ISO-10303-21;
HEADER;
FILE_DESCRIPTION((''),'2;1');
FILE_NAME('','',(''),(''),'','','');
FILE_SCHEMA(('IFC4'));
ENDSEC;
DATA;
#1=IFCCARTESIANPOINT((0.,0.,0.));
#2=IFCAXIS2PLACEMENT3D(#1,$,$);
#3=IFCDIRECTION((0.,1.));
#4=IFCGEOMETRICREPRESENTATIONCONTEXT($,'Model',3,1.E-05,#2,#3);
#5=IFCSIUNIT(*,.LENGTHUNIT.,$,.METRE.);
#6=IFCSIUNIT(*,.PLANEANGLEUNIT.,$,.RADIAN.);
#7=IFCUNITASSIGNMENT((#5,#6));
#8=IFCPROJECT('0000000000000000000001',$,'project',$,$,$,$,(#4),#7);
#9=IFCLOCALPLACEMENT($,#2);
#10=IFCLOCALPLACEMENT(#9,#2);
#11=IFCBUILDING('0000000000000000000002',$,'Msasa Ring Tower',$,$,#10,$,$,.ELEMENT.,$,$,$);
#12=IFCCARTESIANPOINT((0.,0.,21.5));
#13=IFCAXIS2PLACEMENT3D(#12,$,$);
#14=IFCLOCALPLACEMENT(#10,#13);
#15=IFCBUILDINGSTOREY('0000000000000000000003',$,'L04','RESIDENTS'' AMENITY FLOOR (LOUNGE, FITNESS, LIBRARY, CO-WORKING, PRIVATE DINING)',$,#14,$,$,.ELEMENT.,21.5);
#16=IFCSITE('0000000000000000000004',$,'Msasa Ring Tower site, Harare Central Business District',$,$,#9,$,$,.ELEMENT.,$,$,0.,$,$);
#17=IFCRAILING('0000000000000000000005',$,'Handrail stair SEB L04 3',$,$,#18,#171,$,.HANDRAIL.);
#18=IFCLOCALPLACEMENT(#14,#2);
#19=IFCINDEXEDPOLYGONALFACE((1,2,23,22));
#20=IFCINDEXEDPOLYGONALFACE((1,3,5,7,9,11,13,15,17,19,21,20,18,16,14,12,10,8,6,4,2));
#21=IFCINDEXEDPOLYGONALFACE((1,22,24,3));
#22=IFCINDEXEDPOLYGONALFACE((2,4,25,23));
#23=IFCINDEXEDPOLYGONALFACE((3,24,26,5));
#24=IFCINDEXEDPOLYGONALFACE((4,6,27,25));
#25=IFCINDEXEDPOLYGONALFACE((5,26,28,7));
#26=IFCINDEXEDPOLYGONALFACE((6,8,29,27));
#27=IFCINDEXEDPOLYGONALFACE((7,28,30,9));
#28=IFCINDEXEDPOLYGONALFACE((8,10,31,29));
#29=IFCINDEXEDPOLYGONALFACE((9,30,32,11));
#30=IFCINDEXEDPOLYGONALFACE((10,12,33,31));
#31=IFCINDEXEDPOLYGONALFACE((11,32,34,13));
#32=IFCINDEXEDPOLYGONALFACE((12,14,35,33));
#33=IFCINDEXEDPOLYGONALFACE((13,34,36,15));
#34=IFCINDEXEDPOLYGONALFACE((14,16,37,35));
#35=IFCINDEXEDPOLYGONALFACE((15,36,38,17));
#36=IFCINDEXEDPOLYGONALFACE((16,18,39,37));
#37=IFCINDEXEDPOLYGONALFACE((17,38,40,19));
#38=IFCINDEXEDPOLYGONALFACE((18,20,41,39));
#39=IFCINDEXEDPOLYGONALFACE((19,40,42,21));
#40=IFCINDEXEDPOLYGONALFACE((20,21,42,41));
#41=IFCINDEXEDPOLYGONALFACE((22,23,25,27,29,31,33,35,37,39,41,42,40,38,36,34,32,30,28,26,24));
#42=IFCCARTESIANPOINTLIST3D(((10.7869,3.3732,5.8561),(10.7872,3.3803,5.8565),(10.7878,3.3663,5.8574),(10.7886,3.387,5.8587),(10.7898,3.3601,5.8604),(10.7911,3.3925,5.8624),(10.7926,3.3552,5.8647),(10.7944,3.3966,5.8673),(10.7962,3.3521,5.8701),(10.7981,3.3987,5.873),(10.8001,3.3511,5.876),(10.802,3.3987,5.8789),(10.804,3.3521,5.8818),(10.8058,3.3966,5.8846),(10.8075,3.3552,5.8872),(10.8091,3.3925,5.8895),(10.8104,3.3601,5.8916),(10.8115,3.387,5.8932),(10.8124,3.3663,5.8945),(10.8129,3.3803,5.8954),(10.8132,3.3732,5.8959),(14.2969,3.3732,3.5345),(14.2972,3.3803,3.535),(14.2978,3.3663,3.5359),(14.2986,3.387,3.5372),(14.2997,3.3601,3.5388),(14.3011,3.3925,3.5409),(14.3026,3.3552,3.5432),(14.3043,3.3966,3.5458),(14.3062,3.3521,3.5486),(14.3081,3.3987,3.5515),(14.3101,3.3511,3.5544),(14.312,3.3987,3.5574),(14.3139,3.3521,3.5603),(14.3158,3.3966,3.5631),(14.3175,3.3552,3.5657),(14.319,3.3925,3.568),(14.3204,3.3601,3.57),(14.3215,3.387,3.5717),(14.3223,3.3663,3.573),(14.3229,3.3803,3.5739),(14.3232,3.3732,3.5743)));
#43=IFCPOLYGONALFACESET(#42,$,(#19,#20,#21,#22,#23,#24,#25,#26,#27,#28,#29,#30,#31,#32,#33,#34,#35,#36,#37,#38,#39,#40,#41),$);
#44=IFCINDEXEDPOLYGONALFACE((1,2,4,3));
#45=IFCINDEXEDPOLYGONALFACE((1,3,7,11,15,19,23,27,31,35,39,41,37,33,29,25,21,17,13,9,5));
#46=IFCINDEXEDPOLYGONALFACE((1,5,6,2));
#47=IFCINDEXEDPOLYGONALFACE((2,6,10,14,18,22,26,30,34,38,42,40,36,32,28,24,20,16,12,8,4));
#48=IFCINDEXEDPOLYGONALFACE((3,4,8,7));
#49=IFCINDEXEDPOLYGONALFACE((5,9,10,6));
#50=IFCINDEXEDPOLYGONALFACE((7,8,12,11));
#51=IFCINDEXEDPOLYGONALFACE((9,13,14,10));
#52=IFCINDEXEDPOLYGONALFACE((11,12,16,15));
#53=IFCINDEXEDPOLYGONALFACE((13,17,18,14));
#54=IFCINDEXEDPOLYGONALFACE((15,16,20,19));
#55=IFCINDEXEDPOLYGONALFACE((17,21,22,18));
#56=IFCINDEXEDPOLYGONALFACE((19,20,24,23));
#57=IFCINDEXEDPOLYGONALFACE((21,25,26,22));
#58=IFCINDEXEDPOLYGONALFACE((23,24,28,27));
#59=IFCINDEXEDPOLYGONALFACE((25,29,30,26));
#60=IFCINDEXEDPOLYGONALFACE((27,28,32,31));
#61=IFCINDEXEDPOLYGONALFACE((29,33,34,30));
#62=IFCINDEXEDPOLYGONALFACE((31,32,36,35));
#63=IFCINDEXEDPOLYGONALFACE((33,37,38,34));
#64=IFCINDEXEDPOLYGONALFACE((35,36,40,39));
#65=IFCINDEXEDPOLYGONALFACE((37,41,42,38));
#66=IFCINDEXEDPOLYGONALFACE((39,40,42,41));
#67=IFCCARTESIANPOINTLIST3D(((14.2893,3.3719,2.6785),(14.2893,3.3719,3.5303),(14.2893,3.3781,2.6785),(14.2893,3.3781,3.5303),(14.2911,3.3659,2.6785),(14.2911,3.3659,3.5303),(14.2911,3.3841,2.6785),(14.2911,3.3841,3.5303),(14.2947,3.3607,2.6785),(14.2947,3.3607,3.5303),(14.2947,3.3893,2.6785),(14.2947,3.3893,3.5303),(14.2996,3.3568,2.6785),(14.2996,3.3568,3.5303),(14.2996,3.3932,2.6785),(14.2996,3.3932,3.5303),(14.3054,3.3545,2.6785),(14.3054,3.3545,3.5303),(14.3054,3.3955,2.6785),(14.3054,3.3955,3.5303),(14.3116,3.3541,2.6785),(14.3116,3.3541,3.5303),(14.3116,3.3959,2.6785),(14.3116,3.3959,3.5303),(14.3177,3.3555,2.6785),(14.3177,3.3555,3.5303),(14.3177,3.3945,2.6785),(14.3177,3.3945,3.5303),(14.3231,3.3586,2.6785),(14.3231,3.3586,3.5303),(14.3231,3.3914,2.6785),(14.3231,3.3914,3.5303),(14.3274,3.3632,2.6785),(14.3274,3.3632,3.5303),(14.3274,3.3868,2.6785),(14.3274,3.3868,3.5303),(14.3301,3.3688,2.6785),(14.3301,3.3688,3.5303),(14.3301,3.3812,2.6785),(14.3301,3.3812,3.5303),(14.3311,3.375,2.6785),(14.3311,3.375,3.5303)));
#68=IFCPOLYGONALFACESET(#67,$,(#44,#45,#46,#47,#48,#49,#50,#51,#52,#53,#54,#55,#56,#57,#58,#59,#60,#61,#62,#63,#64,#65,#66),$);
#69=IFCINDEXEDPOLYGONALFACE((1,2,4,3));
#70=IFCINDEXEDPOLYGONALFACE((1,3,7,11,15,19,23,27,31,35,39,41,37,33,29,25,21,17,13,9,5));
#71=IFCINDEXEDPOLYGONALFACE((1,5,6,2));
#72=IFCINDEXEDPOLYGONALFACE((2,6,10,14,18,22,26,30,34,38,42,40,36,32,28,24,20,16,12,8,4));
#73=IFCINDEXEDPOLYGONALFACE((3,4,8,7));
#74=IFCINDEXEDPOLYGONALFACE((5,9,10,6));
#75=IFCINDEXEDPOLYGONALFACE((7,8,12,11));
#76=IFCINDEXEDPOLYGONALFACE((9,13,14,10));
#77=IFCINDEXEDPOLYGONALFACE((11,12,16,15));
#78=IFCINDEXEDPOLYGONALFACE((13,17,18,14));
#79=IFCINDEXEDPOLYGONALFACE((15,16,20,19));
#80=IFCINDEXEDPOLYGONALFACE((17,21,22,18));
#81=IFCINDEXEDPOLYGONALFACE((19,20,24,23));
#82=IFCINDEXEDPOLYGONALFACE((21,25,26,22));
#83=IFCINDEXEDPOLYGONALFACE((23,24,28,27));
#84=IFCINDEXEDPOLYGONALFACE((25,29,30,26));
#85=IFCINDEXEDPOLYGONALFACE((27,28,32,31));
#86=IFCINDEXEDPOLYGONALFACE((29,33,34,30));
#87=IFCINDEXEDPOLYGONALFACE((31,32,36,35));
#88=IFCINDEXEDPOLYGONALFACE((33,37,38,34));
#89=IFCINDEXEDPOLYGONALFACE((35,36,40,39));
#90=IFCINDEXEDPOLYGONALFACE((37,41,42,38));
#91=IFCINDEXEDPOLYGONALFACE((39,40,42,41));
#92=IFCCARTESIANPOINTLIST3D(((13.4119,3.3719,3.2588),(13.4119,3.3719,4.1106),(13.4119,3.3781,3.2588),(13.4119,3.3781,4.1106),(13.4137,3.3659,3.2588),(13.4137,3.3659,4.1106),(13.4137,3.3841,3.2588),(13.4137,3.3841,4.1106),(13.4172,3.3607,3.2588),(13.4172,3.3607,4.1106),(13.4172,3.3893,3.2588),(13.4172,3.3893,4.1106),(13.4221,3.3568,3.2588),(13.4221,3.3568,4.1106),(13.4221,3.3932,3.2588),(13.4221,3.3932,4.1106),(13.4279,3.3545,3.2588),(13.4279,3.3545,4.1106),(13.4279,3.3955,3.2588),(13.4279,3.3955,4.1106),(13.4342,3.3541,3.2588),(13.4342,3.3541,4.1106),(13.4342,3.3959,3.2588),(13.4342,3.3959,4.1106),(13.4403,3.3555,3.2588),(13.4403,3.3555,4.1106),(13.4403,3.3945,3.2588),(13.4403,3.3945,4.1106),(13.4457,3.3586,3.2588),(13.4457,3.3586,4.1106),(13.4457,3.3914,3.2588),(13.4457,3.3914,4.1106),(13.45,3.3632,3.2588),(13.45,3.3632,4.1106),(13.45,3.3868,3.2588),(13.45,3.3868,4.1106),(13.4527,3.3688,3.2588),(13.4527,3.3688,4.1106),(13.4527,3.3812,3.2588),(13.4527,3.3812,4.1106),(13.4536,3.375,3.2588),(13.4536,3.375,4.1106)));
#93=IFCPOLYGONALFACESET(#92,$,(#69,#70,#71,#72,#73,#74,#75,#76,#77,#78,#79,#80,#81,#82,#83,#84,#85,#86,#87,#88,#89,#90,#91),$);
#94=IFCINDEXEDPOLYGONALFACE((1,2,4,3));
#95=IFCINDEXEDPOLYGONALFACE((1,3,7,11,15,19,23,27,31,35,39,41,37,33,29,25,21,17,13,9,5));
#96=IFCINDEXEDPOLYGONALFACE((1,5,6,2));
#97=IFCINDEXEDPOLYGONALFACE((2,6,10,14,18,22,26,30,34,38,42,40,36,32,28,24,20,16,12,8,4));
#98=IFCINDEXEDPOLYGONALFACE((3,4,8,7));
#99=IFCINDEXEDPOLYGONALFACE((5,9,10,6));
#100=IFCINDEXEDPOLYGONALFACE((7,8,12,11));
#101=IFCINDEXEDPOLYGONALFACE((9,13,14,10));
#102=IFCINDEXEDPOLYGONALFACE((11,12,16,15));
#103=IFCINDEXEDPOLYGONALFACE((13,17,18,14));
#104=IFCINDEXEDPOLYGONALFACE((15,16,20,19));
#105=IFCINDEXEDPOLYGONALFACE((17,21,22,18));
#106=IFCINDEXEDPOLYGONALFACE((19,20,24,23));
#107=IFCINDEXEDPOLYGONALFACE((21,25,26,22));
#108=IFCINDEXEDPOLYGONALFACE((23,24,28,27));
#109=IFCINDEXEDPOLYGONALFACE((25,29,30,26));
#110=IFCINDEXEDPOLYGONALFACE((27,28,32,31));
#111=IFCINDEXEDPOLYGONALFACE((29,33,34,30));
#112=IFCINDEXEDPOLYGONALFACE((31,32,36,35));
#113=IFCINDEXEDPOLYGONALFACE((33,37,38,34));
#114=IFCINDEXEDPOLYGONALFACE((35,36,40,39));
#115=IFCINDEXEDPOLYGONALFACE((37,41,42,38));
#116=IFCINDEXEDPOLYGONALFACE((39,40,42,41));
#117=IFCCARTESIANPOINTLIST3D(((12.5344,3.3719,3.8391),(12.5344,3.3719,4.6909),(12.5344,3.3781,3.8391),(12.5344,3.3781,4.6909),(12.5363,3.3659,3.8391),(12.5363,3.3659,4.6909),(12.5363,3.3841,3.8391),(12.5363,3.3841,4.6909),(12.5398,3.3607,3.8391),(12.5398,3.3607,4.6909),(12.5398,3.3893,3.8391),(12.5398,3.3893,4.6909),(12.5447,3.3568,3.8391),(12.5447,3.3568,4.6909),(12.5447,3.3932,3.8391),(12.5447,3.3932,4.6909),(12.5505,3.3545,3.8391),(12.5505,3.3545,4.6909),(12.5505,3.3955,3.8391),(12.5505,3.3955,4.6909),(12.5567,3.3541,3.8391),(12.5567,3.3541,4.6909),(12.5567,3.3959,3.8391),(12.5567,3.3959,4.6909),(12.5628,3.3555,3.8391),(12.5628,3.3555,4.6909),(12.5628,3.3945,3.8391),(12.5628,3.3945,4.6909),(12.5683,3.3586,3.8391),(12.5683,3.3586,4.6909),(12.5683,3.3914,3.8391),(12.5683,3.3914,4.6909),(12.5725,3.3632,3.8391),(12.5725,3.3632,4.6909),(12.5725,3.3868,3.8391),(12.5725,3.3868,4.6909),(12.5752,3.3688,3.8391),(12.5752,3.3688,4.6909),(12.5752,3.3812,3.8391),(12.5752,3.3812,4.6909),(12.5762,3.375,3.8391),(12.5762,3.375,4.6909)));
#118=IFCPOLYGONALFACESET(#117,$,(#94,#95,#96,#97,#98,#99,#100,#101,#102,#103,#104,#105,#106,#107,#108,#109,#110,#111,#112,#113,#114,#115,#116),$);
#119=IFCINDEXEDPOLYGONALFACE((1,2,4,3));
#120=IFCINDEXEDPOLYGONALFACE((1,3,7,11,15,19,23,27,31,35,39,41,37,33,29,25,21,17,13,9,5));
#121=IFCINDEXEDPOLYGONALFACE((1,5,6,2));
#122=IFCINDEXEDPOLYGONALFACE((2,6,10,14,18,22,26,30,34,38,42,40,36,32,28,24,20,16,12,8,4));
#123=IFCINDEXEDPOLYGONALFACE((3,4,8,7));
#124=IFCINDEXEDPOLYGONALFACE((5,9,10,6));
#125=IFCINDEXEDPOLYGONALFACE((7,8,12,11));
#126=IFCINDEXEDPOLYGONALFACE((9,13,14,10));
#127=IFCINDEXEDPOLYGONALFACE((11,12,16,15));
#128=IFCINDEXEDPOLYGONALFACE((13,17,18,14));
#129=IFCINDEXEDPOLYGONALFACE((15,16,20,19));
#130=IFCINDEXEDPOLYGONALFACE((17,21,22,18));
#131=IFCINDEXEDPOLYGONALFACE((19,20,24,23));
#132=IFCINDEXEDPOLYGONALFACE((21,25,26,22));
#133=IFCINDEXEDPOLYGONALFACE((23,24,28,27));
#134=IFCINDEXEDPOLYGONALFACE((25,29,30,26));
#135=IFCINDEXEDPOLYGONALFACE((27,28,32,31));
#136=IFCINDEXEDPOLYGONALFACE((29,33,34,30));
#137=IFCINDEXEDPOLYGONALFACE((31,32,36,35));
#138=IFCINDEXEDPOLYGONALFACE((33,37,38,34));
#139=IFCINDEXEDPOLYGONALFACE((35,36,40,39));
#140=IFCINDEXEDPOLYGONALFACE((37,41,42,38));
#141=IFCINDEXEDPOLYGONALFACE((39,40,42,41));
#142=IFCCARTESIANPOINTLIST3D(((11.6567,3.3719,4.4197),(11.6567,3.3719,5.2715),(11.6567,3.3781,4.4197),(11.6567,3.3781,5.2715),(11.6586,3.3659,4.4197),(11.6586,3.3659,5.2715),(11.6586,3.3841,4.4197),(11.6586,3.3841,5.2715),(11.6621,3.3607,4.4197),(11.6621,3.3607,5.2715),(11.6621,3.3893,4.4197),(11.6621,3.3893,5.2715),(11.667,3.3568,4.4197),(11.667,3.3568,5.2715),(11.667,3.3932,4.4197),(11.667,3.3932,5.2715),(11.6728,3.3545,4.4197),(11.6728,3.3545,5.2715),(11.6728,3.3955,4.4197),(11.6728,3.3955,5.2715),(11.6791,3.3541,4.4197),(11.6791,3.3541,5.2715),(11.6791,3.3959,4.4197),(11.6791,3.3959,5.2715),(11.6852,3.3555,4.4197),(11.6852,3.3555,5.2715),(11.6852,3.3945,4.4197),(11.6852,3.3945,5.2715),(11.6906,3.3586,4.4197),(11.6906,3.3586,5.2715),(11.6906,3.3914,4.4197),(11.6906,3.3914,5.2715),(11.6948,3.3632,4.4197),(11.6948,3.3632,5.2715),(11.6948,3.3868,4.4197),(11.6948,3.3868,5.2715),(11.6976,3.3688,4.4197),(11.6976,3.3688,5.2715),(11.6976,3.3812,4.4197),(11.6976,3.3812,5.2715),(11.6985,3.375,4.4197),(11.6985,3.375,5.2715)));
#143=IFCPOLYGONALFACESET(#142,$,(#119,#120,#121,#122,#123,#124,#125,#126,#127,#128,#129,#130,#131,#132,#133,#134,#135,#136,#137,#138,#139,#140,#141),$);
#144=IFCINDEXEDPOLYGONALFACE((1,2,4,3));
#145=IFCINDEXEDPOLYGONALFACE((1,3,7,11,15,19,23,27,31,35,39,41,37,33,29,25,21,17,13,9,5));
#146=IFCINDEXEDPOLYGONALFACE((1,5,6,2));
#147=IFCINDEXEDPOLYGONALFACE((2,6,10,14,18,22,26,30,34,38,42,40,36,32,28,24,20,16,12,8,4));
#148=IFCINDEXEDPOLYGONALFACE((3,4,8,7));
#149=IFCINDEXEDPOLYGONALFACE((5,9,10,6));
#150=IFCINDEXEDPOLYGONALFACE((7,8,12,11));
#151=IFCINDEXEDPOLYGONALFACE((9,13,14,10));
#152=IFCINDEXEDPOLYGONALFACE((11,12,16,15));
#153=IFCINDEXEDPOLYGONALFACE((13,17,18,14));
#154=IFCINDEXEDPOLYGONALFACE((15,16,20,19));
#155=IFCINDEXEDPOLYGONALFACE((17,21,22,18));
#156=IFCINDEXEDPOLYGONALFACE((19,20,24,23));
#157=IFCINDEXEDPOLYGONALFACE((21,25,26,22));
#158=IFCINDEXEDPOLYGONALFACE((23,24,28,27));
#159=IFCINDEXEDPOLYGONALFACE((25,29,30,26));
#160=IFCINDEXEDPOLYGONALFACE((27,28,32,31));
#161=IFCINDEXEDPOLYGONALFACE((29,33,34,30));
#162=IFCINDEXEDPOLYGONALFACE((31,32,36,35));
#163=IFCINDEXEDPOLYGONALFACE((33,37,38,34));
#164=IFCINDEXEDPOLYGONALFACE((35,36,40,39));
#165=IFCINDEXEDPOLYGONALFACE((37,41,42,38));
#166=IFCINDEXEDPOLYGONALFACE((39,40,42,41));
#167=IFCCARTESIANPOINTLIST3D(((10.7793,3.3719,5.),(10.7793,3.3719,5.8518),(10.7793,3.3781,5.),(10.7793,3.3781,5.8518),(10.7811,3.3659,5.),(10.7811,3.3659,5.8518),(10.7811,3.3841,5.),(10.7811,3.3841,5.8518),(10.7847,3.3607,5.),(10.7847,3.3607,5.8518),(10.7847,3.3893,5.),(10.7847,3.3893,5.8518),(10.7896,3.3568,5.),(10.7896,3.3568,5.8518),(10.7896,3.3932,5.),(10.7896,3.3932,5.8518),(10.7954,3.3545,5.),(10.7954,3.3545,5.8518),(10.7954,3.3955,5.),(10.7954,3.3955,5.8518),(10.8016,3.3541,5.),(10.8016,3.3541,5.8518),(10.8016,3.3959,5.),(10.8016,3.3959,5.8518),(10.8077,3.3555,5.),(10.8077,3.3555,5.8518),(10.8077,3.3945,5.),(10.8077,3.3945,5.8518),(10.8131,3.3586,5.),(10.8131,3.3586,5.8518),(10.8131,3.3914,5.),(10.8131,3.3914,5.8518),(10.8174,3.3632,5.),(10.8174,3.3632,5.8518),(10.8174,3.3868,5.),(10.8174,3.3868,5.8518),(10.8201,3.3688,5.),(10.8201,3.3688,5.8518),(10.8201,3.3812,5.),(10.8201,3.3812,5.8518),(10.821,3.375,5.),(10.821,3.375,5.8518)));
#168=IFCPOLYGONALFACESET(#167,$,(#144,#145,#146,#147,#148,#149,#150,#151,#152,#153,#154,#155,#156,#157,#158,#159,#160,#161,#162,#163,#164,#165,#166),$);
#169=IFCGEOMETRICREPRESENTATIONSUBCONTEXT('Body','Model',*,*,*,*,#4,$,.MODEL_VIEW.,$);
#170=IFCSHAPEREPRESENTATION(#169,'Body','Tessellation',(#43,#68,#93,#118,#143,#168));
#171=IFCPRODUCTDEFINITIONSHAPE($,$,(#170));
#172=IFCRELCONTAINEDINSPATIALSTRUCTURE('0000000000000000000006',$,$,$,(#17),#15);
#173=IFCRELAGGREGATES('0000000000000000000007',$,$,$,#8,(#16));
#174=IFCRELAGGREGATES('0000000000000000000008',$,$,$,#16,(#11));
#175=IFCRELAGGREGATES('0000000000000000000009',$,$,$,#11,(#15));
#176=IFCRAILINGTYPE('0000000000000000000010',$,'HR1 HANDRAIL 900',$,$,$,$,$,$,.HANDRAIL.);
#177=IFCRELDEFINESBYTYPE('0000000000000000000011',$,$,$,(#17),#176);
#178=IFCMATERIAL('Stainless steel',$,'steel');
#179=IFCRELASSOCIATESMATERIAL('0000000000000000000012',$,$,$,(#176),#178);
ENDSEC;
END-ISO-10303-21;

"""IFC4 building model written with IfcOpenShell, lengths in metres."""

from ifc_helpers import new_model, si_unit, direction, frame, origin, origin_2d, place, context, subcontext, project, spatial, circle, extrude, material, type_object, element, save


model = new_model("IFC4")

# Units and contexts
model_context = context("Model", 3, precision=1e-05, world=origin(), true_north=direction((0.0, 1.0)))
body_context = subcontext(model_context, "Body", "Model", "MODEL_VIEW")
ifc_project = project(units=[si_unit("LENGTHUNIT", "METRE"), si_unit("PLANEANGLEUNIT", "RADIAN")], contexts=[model_context])

# Site, building, storey
site_placement = place(None, origin())
site = spatial("IfcSite", under=ifc_project, at=site_placement, Name="Msasa Ring Tower site, Harare Central Business District", CompositionType="ELEMENT", RefElevation=0.0)
building_placement = place(site_placement, origin())
building = spatial("IfcBuilding", under=site, at=building_placement, Name="Msasa Ring Tower", CompositionType="ELEMENT")
storey_placement = place(building_placement, frame((0.0, 0.0, 21.5)))
storey = spatial("IfcBuildingStorey", under=building, at=storey_placement, Name="L04", Description="RESIDENTS' AMENITY FLOOR (LOUNGE, FITNESS, LIBRARY, CO-WORKING, PRIVATE DINING)", CompositionType="ELEMENT", Elevation=21.5)

# Railing
ifc_material_1 = material(Name="Stainless steel", Category="steel")
railing_type = type_object("IfcRailingType", Name="HR1 HANDRAIL 900", PredefinedType="HANDRAIL", material=ifc_material_1)
for number, where, name in (
    (1, (14.3101, 3.375, 2.6785), "Handrail stair SEB L04 3"),
):
    element("IfcRailing", number, at=place(storey_placement, frame(where)), inside=storey, type_object=railing_type, Name=name, PredefinedType="HANDRAIL", context=body_context, shape_type="SweptSolid", body=[
        extrude(circle(Radius=0.0239, at=origin_2d()), frame((0.0, 0.0, 0.876), z_axis=(-0.834071, 0.0, 0.551657), x_axis=(0.0, -1.0, 0.0)), (0.0, 0.0, 1.0), 4.2083),
        extrude(circle(Radius=0.021, at=origin_2d()), origin(), (0.0, 0.0, 1.0), 0.8518),
        extrude(circle(Radius=0.021, at=origin_2d()), frame((-0.8774, 0.0, 0.5803)), (0.0, 0.0, 1.0), 0.8518),
        extrude(circle(Radius=0.021, at=origin_2d()), frame((-1.7549, 0.0, 1.1606)), (0.0, 0.0, 1.0), 0.8518),
        extrude(circle(Radius=0.021, at=origin_2d()), frame((-2.6326, 0.0, 1.7412)), (0.0, 0.0, 1.0), 0.8518),
        extrude(circle(Radius=0.021, at=origin_2d()), frame((-3.51, 0.0, 2.3215)), (0.0, 0.0, 1.0), 0.8518),
    ])

save(model, "model.ifc")
